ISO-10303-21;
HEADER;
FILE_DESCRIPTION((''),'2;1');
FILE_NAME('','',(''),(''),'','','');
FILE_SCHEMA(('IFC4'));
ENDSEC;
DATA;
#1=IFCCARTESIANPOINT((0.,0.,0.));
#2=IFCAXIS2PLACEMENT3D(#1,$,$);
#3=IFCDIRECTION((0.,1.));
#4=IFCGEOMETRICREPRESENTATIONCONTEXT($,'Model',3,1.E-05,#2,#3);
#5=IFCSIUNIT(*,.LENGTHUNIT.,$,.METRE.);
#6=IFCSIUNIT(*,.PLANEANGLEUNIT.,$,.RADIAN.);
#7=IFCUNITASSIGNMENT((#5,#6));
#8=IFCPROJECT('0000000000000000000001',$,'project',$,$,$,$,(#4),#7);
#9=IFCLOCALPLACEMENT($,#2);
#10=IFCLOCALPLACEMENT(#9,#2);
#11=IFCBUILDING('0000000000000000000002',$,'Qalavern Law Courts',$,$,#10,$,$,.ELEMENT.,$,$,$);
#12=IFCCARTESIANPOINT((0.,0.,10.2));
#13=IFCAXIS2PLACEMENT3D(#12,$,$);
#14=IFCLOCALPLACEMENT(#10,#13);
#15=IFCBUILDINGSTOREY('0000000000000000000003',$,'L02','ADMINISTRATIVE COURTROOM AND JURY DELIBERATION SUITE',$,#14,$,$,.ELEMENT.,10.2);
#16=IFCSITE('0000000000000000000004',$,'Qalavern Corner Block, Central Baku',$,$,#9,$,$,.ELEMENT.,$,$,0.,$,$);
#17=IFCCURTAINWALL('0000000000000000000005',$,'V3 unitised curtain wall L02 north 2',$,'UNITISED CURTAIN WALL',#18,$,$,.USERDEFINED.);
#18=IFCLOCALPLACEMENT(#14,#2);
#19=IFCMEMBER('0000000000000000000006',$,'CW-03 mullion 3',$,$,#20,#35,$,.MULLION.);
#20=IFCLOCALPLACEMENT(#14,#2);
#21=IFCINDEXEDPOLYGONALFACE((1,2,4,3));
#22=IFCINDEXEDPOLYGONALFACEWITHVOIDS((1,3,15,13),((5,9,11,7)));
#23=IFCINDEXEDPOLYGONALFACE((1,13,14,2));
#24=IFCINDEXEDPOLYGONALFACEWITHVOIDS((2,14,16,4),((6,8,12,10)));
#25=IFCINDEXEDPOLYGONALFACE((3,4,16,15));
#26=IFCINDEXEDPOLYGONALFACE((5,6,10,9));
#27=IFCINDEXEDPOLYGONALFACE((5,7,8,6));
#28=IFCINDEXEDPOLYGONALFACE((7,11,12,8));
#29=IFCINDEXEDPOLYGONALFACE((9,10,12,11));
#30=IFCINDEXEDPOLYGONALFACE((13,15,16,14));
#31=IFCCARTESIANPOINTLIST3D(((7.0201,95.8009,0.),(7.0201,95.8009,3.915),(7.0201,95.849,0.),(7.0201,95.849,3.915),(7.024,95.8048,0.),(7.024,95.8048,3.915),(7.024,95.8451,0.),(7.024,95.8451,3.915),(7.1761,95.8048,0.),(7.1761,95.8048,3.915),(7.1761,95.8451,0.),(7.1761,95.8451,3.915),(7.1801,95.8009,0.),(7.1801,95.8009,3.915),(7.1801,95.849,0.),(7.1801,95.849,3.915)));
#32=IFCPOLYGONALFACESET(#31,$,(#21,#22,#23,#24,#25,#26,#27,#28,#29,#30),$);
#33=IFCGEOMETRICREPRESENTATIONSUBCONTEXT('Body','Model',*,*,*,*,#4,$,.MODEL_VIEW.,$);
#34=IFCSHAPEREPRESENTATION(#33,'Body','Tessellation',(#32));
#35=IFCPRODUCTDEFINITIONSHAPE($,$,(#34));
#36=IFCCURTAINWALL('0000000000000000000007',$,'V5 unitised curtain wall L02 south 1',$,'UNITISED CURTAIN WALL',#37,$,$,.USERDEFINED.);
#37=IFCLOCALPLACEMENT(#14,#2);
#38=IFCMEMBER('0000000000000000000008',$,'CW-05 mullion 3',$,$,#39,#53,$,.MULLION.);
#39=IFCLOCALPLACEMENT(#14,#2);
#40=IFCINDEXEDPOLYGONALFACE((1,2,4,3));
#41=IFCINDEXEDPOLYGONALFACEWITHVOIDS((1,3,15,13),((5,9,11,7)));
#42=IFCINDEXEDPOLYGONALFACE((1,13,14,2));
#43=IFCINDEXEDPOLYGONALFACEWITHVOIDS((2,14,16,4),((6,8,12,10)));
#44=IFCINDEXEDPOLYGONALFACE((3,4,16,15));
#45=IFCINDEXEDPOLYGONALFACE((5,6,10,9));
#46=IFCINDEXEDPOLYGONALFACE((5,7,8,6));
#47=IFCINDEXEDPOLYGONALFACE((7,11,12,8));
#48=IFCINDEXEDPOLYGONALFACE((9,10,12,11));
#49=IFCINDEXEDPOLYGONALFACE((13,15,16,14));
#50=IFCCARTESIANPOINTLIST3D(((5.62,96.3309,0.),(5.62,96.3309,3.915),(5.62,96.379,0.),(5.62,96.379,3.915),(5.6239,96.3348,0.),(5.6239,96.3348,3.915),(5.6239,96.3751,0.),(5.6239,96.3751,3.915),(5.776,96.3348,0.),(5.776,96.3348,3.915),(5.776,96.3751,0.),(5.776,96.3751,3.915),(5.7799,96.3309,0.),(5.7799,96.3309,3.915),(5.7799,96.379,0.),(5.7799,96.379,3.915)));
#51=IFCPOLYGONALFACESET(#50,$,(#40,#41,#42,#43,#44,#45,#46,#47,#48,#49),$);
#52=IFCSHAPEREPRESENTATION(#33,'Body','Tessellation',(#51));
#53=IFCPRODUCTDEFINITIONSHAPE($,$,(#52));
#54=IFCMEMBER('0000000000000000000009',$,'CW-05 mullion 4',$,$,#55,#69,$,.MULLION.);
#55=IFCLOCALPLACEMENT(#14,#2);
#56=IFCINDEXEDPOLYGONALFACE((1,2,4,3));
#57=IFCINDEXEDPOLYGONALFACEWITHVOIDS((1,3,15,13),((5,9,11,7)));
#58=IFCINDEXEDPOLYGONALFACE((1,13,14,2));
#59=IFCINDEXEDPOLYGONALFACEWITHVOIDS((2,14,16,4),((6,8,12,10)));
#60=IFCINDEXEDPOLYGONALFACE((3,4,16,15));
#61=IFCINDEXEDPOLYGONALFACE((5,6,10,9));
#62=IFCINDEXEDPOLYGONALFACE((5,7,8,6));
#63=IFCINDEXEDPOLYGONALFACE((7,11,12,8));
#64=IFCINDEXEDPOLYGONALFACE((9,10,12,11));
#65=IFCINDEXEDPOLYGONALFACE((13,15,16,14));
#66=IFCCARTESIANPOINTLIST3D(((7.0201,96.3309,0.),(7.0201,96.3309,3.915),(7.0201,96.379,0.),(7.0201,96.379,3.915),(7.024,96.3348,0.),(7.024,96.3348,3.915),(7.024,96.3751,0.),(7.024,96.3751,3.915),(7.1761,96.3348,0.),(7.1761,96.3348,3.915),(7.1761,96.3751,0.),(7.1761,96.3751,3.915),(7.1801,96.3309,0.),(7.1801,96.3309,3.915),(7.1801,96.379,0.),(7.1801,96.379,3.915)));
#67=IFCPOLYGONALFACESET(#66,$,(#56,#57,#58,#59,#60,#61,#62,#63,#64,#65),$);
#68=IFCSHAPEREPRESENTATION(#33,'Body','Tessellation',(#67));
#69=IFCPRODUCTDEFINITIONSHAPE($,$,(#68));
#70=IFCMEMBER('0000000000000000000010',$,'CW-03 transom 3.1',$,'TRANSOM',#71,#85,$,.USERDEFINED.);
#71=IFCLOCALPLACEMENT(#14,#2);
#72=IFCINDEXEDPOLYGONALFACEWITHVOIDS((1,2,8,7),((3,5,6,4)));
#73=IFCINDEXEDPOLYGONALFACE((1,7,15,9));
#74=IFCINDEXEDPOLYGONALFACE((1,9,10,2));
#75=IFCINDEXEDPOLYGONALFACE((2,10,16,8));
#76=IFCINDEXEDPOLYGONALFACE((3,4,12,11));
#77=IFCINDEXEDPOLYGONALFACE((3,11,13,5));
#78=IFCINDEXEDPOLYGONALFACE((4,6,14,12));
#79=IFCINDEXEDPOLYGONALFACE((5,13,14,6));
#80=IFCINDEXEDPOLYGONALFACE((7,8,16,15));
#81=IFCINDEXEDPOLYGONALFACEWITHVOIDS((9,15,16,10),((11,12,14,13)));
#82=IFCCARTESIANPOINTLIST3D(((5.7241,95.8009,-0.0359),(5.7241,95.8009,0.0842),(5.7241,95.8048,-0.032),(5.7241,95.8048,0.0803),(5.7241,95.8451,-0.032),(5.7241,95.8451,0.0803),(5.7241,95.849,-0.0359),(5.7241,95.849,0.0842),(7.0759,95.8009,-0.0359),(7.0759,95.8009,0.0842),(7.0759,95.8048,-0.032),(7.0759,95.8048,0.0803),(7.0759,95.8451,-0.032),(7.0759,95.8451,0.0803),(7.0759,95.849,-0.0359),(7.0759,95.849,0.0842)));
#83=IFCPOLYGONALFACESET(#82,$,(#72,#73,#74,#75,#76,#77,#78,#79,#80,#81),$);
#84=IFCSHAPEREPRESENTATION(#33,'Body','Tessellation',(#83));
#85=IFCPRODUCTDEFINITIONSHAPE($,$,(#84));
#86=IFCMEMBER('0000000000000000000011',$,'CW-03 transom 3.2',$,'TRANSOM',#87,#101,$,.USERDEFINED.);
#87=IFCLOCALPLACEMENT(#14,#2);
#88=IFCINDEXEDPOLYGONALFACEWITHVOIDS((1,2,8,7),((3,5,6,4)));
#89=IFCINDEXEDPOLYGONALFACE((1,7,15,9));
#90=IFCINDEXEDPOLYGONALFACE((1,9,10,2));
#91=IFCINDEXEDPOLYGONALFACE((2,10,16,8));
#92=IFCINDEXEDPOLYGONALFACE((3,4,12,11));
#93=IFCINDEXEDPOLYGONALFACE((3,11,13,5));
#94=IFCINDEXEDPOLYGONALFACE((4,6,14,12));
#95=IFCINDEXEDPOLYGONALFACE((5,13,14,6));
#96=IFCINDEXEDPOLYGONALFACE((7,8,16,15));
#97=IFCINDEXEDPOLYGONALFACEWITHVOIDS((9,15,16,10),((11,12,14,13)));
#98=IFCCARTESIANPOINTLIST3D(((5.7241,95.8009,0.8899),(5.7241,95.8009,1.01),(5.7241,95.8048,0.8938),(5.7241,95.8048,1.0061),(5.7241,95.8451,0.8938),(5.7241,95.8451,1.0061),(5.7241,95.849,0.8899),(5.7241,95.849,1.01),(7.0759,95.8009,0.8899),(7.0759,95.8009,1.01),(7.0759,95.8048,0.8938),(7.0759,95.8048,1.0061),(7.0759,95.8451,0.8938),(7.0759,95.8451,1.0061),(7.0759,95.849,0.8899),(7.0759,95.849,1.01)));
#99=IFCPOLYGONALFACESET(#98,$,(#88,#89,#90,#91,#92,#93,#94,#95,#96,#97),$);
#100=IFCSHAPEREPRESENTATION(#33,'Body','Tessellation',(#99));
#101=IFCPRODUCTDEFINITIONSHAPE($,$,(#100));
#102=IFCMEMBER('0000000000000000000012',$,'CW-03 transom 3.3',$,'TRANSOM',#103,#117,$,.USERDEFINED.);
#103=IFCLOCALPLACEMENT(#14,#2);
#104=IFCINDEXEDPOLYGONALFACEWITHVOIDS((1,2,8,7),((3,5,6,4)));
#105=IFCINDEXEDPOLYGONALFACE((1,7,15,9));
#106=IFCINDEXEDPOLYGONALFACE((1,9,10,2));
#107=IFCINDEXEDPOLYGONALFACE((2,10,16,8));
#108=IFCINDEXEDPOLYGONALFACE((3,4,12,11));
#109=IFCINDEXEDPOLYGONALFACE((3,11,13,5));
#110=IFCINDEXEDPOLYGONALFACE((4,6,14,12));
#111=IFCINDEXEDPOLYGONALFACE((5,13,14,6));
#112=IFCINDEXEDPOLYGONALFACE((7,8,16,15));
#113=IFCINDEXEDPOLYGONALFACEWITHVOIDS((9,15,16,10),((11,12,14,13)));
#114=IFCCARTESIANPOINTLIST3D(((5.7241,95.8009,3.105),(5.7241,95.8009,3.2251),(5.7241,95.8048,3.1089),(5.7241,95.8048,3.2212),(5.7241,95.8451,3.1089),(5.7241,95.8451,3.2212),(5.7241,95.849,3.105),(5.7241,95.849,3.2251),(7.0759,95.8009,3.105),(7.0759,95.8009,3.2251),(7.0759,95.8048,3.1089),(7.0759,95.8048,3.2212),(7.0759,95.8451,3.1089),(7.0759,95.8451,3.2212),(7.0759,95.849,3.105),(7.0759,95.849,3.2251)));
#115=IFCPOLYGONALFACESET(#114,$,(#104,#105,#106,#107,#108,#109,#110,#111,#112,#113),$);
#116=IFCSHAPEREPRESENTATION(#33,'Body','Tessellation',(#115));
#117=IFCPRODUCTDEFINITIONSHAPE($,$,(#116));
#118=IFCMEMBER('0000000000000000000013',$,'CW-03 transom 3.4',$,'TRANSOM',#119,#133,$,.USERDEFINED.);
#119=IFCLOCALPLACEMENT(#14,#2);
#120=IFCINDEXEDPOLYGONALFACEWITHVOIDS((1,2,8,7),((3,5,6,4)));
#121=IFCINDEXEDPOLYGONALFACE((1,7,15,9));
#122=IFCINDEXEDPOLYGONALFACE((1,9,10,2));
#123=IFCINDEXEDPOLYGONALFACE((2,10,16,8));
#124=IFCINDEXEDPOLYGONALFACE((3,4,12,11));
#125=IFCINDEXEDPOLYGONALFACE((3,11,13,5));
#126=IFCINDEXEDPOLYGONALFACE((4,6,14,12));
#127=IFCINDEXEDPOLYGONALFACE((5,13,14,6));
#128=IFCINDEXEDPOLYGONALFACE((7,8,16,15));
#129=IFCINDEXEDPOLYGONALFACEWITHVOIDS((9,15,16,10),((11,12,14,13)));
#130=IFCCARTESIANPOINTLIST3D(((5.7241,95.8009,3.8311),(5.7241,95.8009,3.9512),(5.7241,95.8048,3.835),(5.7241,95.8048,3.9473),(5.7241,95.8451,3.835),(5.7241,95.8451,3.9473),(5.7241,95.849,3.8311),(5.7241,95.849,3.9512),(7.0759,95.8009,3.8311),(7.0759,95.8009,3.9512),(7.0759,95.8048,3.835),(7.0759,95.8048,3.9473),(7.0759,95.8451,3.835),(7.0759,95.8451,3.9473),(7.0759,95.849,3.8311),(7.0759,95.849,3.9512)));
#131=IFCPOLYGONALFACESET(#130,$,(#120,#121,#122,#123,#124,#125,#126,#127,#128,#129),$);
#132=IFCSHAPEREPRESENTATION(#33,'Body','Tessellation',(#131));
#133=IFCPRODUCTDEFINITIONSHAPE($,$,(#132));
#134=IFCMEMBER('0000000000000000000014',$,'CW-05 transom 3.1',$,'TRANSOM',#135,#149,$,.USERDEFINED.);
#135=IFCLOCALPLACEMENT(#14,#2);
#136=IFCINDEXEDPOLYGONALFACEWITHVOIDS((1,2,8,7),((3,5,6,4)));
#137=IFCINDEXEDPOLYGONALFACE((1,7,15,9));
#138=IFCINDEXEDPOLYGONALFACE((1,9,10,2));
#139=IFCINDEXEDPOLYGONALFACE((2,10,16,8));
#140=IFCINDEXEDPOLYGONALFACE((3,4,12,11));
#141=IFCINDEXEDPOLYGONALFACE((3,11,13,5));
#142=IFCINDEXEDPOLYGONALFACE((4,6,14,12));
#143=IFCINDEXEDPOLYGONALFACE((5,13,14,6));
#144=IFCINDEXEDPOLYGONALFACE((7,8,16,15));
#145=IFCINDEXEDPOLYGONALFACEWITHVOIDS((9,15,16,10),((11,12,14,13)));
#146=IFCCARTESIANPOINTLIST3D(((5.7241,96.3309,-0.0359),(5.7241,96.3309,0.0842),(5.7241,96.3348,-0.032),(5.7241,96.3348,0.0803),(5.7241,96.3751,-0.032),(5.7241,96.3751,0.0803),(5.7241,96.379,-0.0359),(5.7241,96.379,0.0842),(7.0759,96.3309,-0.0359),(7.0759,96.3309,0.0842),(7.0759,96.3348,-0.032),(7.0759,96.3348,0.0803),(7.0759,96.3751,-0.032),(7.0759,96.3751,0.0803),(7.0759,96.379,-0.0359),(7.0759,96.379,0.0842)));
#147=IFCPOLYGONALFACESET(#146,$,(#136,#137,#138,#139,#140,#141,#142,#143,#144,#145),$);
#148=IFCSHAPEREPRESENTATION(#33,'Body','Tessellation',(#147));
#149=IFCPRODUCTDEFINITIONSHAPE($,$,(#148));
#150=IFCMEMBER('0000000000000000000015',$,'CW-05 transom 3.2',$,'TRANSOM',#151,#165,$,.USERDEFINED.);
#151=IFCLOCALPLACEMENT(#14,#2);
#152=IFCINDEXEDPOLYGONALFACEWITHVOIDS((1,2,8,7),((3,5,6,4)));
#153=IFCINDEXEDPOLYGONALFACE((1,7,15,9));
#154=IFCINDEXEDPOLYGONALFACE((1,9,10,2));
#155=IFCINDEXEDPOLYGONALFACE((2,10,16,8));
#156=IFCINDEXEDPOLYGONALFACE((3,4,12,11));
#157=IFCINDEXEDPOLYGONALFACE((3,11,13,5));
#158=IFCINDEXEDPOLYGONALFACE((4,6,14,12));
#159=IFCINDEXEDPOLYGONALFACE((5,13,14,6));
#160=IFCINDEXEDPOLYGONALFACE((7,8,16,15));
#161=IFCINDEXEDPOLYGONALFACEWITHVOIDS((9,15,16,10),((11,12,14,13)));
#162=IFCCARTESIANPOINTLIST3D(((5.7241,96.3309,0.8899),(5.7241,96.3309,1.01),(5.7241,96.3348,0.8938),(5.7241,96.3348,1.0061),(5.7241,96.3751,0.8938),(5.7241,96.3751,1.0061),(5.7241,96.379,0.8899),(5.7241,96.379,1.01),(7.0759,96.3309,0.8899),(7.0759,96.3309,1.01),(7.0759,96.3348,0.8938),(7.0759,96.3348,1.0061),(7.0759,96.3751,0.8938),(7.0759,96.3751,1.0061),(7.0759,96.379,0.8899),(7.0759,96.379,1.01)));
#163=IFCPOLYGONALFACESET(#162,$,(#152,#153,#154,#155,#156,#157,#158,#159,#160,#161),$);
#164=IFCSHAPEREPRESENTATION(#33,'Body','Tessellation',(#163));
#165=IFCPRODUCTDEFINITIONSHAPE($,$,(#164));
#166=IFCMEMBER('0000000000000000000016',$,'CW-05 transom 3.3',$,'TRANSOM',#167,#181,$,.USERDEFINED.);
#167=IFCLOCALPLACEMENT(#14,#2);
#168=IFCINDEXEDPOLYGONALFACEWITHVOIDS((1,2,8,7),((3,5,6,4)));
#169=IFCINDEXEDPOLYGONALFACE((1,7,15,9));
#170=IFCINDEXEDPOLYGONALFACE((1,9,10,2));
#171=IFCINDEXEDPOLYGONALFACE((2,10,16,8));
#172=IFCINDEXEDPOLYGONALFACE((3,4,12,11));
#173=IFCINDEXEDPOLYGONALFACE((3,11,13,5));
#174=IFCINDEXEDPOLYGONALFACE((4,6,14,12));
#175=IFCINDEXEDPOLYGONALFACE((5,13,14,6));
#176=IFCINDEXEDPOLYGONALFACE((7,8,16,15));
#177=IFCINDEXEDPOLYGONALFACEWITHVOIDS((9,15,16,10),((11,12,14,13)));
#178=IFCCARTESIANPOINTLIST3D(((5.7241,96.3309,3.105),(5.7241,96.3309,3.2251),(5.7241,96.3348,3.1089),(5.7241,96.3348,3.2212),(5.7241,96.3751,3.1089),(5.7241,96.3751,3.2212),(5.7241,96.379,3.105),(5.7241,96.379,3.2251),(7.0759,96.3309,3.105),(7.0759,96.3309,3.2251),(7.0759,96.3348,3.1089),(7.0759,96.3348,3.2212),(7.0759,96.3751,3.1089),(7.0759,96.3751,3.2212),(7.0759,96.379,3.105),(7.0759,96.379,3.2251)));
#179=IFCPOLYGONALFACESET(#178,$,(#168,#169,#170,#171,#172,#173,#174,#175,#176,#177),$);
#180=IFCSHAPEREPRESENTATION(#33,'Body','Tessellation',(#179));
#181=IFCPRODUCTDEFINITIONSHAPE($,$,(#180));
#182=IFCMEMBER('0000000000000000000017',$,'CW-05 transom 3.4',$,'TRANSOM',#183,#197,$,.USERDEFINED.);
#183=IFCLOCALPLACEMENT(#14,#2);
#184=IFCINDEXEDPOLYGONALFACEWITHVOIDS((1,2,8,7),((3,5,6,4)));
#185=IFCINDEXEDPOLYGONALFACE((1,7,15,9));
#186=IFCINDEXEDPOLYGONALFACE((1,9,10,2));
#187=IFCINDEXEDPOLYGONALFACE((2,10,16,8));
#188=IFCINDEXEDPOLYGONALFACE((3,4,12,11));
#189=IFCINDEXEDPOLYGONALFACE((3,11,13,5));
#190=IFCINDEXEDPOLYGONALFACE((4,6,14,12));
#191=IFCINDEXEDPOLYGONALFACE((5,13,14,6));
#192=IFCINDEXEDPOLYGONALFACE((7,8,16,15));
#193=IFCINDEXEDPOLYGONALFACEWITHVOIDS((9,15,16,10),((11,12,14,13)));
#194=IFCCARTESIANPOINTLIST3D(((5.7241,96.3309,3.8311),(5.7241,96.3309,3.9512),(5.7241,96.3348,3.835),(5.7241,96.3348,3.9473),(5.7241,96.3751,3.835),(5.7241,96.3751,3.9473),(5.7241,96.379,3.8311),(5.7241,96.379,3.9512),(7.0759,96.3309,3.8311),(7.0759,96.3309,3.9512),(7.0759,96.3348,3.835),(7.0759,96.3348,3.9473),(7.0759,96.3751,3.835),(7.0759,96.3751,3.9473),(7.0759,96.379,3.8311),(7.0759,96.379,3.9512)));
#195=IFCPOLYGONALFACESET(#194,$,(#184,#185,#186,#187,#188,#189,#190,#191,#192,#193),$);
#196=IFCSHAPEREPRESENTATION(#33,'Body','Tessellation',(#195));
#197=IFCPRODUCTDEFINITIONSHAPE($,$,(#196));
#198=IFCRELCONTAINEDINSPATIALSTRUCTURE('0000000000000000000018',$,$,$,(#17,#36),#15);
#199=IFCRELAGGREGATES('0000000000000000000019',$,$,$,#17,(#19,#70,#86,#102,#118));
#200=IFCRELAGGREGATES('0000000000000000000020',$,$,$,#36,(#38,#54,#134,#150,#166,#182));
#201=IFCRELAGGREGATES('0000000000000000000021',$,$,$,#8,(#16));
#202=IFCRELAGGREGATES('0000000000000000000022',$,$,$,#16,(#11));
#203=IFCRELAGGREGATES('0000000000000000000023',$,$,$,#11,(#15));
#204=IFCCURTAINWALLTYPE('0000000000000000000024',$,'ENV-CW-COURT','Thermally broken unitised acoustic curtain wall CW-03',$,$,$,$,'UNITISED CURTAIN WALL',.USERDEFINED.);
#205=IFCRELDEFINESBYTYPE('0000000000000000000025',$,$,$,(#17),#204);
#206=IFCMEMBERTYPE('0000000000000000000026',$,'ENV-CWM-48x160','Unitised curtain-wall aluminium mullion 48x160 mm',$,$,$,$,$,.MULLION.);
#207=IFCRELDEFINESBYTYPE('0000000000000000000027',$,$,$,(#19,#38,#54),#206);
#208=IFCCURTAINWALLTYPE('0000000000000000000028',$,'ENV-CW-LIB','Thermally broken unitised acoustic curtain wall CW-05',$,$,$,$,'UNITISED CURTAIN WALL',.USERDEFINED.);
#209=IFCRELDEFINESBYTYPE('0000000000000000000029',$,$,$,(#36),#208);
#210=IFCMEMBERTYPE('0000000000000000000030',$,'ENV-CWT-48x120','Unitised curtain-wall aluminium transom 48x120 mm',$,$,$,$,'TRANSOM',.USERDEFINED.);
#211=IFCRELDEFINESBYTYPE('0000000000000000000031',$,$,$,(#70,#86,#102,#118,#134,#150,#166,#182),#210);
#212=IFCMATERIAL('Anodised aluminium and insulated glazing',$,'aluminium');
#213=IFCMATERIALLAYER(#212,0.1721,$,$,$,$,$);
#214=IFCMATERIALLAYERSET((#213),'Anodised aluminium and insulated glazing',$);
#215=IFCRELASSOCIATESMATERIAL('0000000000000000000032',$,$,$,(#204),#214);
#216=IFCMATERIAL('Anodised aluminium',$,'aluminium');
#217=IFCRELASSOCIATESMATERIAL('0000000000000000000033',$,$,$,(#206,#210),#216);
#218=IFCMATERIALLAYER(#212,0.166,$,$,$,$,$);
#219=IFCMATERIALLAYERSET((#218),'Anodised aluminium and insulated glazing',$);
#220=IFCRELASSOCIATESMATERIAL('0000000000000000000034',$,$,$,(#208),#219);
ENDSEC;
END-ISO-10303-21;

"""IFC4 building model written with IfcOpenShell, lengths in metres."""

from ifc_helpers import new_model, si_unit, direction, frame, origin, origin_2d, place, context, subcontext, project, spatial, hollow_rectangle, extrude, material, layer, layer_set, material_profile, profile_set, type_object, element, aggregate, save


model = new_model("IFC4")

# Units and contexts
model_context = context("Model", 3, precision=1e-05, world=origin(), true_north=direction((0.0, 1.0)))
body_context = subcontext(model_context, "Body", "Model", "MODEL_VIEW")
ifc_project = project(units=[si_unit("LENGTHUNIT", "METRE"), si_unit("PLANEANGLEUNIT", "RADIAN")], contexts=[model_context])

# Site, building, storey
site_placement = place(None, origin())
site = spatial("IfcSite", under=ifc_project, at=site_placement, Name="Qalavern Corner Block, Central Baku", CompositionType="ELEMENT", RefElevation=0.0)
building_placement = place(site_placement, origin())
building = spatial("IfcBuilding", under=site, at=building_placement, Name="Qalavern Law Courts", CompositionType="ELEMENT")
storey_placement = place(building_placement, frame((0.0, 0.0, 10.2)))
storey = spatial("IfcBuildingStorey", under=building, at=storey_placement, Name="L02", Description="ADMINISTRATIVE COURTROOM AND JURY DELIBERATION SUITE", CompositionType="ELEMENT", Elevation=10.2)

# Curtain wall, member
ifc_material_1 = material(Name="Anodised aluminium and insulated glazing", Category="aluminium")
ifc_layer_1 = layer(ifc_material_1, 0.1721)
ifc_layer_set_1 = layer_set([ifc_layer_1], Name="Anodised aluminium and insulated glazing")
curtain_wall_type_1 = type_object("IfcCurtainWallType", Name="ENV-CW-COURT", Description="Thermally broken unitised acoustic curtain wall CW-03", ElementType="UNITISED CURTAIN WALL", PredefinedType="USERDEFINED", material=ifc_layer_set_1)
curtain_wall_1_placement = place(storey_placement, origin())
curtain_wall_1 = element("IfcCurtainWall", 1, at=curtain_wall_1_placement, inside=storey, type_object=curtain_wall_type_1, Name="V3 unitised curtain wall L02 north 2", ObjectType="UNITISED CURTAIN WALL", PredefinedType="USERDEFINED")
ifc_material_2 = material(Name="Anodised aluminium", Category="aluminium")
ifc_material_profile_1 = material_profile(ifc_material_2, hollow_rectangle(XDim=0.0481, YDim=0.1599, WallThickness=0.0039, at=origin_2d()), Name="ALU MULLION 48x160")
ifc_profile_set_1 = profile_set([ifc_material_profile_1], Name="Anodised aluminium")
member_type_1 = type_object("IfcMemberType", Name="ENV-CWM-48x160", Description="Unitised curtain-wall aluminium mullion 48x160 mm", PredefinedType="MULLION", material=ifc_profile_set_1)
member_1_placement = place(storey_placement, frame((7.1001, 95.825, 0.0), z_axis=(0.0, 0.0, 1.0), x_axis=(0.0, -1.0, 0.0)))
member_1 = element("IfcMember", 2, at=member_1_placement, type_object=member_type_1, Name="CW-03 mullion 3", PredefinedType="MULLION", context=body_context, shape_type="SweptSolid", body=[
    extrude(hollow_rectangle(XDim=0.0481, YDim=0.1599, WallThickness=0.0039, at=origin_2d()), origin(), (0.0, 0.0, 1.0), 3.915),
])

# Curtain wall, members
ifc_layer_2 = layer(ifc_material_1, 0.166)
ifc_layer_set_2 = layer_set([ifc_layer_2], Name="Anodised aluminium and insulated glazing")
curtain_wall_type_2 = type_object("IfcCurtainWallType", Name="ENV-CW-LIB", Description="Thermally broken unitised acoustic curtain wall CW-05", ElementType="UNITISED CURTAIN WALL", PredefinedType="USERDEFINED", material=ifc_layer_set_2)
curtain_wall_2_placement = place(storey_placement, origin())
curtain_wall_2 = element("IfcCurtainWall", 3, at=curtain_wall_2_placement, inside=storey, type_object=curtain_wall_type_2, Name="V5 unitised curtain wall L02 south 1", ObjectType="UNITISED CURTAIN WALL", PredefinedType="USERDEFINED")
member_2_placement = place(storey_placement, frame((5.7, 96.355, 0.0), z_axis=(0.0, 0.0, 1.0), x_axis=(0.0, 1.0, 0.0)))
member_2 = element("IfcMember", 4, at=member_2_placement, type_object=member_type_1, Name="CW-05 mullion 3", PredefinedType="MULLION", context=body_context, shape_type="SweptSolid", body=[
    extrude(hollow_rectangle(XDim=0.0481, YDim=0.1599, WallThickness=0.0039, at=origin_2d()), origin(), (0.0, 0.0, 1.0), 3.915),
])
member_3_placement = place(storey_placement, frame((7.1001, 96.355, 0.0), z_axis=(0.0, 0.0, 1.0), x_axis=(0.0, 1.0, 0.0)))
member_3 = element("IfcMember", 5, at=member_3_placement, type_object=member_type_1, Name="CW-05 mullion 4", PredefinedType="MULLION", context=body_context, shape_type="SweptSolid", body=[
    extrude(hollow_rectangle(XDim=0.0481, YDim=0.1599, WallThickness=0.0039, at=origin_2d()), origin(), (0.0, 0.0, 1.0), 3.915),
])

# Members
ifc_material_profile_2 = material_profile(ifc_material_2, hollow_rectangle(XDim=0.0481, YDim=0.1201, WallThickness=0.0039, at=origin_2d()), Name="ALU TRANSOM 48x120")
ifc_profile_set_2 = profile_set([ifc_material_profile_2], Name="Anodised aluminium")
member_type_2 = type_object("IfcMemberType", Name="ENV-CWT-48x120", Description="Unitised curtain-wall aluminium transom 48x120 mm", ElementType="TRANSOM", PredefinedType="USERDEFINED", material=ifc_profile_set_2)
member_4_placement = place(storey_placement, frame((7.0759, 95.825, 0.0242), z_axis=(-1.0, 0.0, 0.0), x_axis=(0.0, -1.0, 0.0)))
member_4 = element("IfcMember", 6, at=member_4_placement, type_object=member_type_2, Name="CW-03 transom 3.1", ObjectType="TRANSOM", PredefinedType="USERDEFINED", context=body_context, shape_type="SweptSolid", body=[
    extrude(hollow_rectangle(XDim=0.0481, YDim=0.1201, WallThickness=0.0039, at=origin_2d()), origin(), (0.0, 0.0, 1.0), 1.3518),
])
member_5_placement = place(storey_placement, frame((7.0759, 95.825, 0.95), z_axis=(-1.0, 0.0, 0.0), x_axis=(0.0, -1.0, 0.0)))
member_5 = element("IfcMember", 7, at=member_5_placement, type_object=member_type_2, Name="CW-03 transom 3.2", ObjectType="TRANSOM", PredefinedType="USERDEFINED", context=body_context, shape_type="SweptSolid", body=[
    extrude(hollow_rectangle(XDim=0.0481, YDim=0.1201, WallThickness=0.0039, at=origin_2d()), origin(), (0.0, 0.0, 1.0), 1.3518),
])
member_6_placement = place(storey_placement, frame((7.0759, 95.825, 3.165), z_axis=(-1.0, 0.0, 0.0), x_axis=(0.0, -1.0, 0.0)))
member_6 = element("IfcMember", 8, at=member_6_placement, type_object=member_type_2, Name="CW-03 transom 3.3", ObjectType="TRANSOM", PredefinedType="USERDEFINED", context=body_context, shape_type="SweptSolid", body=[
    extrude(hollow_rectangle(XDim=0.0481, YDim=0.1201, WallThickness=0.0039, at=origin_2d()), origin(), (0.0, 0.0, 1.0), 1.3518),
])
member_7_placement = place(storey_placement, frame((7.0759, 95.825, 3.8911), z_axis=(-1.0, 0.0, 0.0), x_axis=(0.0, -1.0, 0.0)))
member_7 = element("IfcMember", 9, at=member_7_placement, type_object=member_type_2, Name="CW-03 transom 3.4", ObjectType="TRANSOM", PredefinedType="USERDEFINED", context=body_context, shape_type="SweptSolid", body=[
    extrude(hollow_rectangle(XDim=0.0481, YDim=0.1201, WallThickness=0.0039, at=origin_2d()), origin(), (0.0, 0.0, 1.0), 1.3518),
])
member_8_placement = place(storey_placement, frame((5.7241, 96.355, 0.0242), z_axis=(1.0, 0.0, 0.0), x_axis=(0.0, 1.0, 0.0)))
member_8 = element("IfcMember", 10, at=member_8_placement, type_object=member_type_2, Name="CW-05 transom 3.1", ObjectType="TRANSOM", PredefinedType="USERDEFINED", context=body_context, shape_type="SweptSolid", body=[
    extrude(hollow_rectangle(XDim=0.0481, YDim=0.1201, WallThickness=0.0039, at=origin_2d()), origin(), (0.0, 0.0, 1.0), 1.3518),
])
member_9_placement = place(storey_placement, frame((5.7241, 96.355, 0.95), z_axis=(1.0, 0.0, 0.0), x_axis=(0.0, 1.0, 0.0)))
member_9 = element("IfcMember", 11, at=member_9_placement, type_object=member_type_2, Name="CW-05 transom 3.2", ObjectType="TRANSOM", PredefinedType="USERDEFINED", context=body_context, shape_type="SweptSolid", body=[
    extrude(hollow_rectangle(XDim=0.0481, YDim=0.1201, WallThickness=0.0039, at=origin_2d()), origin(), (0.0, 0.0, 1.0), 1.3518),
])
member_10_placement = place(storey_placement, frame((5.7241, 96.355, 3.165), z_axis=(1.0, 0.0, 0.0), x_axis=(0.0, 1.0, 0.0)))
member_10 = element("IfcMember", 12, at=member_10_placement, type_object=member_type_2, Name="CW-05 transom 3.3", ObjectType="TRANSOM", PredefinedType="USERDEFINED", context=body_context, shape_type="SweptSolid", body=[
    extrude(hollow_rectangle(XDim=0.0481, YDim=0.1201, WallThickness=0.0039, at=origin_2d()), origin(), (0.0, 0.0, 1.0), 1.3518),
])
member_11_placement = place(storey_placement, frame((5.7241, 96.355, 3.8911), z_axis=(1.0, 0.0, 0.0), x_axis=(0.0, 1.0, 0.0)))
member_11 = element("IfcMember", 13, at=member_11_placement, type_object=member_type_2, Name="CW-05 transom 3.4", ObjectType="TRANSOM", PredefinedType="USERDEFINED", context=body_context, shape_type="SweptSolid", body=[
    extrude(hollow_rectangle(XDim=0.0481, YDim=0.1201, WallThickness=0.0039, at=origin_2d()), origin(), (0.0, 0.0, 1.0), 1.3518),
])

aggregate(curtain_wall_1, [member_1, member_4, member_5, member_6, member_7])
aggregate(curtain_wall_2, [member_2, member_3, member_8, member_9, member_10, member_11])

save(model, "model.ifc")
